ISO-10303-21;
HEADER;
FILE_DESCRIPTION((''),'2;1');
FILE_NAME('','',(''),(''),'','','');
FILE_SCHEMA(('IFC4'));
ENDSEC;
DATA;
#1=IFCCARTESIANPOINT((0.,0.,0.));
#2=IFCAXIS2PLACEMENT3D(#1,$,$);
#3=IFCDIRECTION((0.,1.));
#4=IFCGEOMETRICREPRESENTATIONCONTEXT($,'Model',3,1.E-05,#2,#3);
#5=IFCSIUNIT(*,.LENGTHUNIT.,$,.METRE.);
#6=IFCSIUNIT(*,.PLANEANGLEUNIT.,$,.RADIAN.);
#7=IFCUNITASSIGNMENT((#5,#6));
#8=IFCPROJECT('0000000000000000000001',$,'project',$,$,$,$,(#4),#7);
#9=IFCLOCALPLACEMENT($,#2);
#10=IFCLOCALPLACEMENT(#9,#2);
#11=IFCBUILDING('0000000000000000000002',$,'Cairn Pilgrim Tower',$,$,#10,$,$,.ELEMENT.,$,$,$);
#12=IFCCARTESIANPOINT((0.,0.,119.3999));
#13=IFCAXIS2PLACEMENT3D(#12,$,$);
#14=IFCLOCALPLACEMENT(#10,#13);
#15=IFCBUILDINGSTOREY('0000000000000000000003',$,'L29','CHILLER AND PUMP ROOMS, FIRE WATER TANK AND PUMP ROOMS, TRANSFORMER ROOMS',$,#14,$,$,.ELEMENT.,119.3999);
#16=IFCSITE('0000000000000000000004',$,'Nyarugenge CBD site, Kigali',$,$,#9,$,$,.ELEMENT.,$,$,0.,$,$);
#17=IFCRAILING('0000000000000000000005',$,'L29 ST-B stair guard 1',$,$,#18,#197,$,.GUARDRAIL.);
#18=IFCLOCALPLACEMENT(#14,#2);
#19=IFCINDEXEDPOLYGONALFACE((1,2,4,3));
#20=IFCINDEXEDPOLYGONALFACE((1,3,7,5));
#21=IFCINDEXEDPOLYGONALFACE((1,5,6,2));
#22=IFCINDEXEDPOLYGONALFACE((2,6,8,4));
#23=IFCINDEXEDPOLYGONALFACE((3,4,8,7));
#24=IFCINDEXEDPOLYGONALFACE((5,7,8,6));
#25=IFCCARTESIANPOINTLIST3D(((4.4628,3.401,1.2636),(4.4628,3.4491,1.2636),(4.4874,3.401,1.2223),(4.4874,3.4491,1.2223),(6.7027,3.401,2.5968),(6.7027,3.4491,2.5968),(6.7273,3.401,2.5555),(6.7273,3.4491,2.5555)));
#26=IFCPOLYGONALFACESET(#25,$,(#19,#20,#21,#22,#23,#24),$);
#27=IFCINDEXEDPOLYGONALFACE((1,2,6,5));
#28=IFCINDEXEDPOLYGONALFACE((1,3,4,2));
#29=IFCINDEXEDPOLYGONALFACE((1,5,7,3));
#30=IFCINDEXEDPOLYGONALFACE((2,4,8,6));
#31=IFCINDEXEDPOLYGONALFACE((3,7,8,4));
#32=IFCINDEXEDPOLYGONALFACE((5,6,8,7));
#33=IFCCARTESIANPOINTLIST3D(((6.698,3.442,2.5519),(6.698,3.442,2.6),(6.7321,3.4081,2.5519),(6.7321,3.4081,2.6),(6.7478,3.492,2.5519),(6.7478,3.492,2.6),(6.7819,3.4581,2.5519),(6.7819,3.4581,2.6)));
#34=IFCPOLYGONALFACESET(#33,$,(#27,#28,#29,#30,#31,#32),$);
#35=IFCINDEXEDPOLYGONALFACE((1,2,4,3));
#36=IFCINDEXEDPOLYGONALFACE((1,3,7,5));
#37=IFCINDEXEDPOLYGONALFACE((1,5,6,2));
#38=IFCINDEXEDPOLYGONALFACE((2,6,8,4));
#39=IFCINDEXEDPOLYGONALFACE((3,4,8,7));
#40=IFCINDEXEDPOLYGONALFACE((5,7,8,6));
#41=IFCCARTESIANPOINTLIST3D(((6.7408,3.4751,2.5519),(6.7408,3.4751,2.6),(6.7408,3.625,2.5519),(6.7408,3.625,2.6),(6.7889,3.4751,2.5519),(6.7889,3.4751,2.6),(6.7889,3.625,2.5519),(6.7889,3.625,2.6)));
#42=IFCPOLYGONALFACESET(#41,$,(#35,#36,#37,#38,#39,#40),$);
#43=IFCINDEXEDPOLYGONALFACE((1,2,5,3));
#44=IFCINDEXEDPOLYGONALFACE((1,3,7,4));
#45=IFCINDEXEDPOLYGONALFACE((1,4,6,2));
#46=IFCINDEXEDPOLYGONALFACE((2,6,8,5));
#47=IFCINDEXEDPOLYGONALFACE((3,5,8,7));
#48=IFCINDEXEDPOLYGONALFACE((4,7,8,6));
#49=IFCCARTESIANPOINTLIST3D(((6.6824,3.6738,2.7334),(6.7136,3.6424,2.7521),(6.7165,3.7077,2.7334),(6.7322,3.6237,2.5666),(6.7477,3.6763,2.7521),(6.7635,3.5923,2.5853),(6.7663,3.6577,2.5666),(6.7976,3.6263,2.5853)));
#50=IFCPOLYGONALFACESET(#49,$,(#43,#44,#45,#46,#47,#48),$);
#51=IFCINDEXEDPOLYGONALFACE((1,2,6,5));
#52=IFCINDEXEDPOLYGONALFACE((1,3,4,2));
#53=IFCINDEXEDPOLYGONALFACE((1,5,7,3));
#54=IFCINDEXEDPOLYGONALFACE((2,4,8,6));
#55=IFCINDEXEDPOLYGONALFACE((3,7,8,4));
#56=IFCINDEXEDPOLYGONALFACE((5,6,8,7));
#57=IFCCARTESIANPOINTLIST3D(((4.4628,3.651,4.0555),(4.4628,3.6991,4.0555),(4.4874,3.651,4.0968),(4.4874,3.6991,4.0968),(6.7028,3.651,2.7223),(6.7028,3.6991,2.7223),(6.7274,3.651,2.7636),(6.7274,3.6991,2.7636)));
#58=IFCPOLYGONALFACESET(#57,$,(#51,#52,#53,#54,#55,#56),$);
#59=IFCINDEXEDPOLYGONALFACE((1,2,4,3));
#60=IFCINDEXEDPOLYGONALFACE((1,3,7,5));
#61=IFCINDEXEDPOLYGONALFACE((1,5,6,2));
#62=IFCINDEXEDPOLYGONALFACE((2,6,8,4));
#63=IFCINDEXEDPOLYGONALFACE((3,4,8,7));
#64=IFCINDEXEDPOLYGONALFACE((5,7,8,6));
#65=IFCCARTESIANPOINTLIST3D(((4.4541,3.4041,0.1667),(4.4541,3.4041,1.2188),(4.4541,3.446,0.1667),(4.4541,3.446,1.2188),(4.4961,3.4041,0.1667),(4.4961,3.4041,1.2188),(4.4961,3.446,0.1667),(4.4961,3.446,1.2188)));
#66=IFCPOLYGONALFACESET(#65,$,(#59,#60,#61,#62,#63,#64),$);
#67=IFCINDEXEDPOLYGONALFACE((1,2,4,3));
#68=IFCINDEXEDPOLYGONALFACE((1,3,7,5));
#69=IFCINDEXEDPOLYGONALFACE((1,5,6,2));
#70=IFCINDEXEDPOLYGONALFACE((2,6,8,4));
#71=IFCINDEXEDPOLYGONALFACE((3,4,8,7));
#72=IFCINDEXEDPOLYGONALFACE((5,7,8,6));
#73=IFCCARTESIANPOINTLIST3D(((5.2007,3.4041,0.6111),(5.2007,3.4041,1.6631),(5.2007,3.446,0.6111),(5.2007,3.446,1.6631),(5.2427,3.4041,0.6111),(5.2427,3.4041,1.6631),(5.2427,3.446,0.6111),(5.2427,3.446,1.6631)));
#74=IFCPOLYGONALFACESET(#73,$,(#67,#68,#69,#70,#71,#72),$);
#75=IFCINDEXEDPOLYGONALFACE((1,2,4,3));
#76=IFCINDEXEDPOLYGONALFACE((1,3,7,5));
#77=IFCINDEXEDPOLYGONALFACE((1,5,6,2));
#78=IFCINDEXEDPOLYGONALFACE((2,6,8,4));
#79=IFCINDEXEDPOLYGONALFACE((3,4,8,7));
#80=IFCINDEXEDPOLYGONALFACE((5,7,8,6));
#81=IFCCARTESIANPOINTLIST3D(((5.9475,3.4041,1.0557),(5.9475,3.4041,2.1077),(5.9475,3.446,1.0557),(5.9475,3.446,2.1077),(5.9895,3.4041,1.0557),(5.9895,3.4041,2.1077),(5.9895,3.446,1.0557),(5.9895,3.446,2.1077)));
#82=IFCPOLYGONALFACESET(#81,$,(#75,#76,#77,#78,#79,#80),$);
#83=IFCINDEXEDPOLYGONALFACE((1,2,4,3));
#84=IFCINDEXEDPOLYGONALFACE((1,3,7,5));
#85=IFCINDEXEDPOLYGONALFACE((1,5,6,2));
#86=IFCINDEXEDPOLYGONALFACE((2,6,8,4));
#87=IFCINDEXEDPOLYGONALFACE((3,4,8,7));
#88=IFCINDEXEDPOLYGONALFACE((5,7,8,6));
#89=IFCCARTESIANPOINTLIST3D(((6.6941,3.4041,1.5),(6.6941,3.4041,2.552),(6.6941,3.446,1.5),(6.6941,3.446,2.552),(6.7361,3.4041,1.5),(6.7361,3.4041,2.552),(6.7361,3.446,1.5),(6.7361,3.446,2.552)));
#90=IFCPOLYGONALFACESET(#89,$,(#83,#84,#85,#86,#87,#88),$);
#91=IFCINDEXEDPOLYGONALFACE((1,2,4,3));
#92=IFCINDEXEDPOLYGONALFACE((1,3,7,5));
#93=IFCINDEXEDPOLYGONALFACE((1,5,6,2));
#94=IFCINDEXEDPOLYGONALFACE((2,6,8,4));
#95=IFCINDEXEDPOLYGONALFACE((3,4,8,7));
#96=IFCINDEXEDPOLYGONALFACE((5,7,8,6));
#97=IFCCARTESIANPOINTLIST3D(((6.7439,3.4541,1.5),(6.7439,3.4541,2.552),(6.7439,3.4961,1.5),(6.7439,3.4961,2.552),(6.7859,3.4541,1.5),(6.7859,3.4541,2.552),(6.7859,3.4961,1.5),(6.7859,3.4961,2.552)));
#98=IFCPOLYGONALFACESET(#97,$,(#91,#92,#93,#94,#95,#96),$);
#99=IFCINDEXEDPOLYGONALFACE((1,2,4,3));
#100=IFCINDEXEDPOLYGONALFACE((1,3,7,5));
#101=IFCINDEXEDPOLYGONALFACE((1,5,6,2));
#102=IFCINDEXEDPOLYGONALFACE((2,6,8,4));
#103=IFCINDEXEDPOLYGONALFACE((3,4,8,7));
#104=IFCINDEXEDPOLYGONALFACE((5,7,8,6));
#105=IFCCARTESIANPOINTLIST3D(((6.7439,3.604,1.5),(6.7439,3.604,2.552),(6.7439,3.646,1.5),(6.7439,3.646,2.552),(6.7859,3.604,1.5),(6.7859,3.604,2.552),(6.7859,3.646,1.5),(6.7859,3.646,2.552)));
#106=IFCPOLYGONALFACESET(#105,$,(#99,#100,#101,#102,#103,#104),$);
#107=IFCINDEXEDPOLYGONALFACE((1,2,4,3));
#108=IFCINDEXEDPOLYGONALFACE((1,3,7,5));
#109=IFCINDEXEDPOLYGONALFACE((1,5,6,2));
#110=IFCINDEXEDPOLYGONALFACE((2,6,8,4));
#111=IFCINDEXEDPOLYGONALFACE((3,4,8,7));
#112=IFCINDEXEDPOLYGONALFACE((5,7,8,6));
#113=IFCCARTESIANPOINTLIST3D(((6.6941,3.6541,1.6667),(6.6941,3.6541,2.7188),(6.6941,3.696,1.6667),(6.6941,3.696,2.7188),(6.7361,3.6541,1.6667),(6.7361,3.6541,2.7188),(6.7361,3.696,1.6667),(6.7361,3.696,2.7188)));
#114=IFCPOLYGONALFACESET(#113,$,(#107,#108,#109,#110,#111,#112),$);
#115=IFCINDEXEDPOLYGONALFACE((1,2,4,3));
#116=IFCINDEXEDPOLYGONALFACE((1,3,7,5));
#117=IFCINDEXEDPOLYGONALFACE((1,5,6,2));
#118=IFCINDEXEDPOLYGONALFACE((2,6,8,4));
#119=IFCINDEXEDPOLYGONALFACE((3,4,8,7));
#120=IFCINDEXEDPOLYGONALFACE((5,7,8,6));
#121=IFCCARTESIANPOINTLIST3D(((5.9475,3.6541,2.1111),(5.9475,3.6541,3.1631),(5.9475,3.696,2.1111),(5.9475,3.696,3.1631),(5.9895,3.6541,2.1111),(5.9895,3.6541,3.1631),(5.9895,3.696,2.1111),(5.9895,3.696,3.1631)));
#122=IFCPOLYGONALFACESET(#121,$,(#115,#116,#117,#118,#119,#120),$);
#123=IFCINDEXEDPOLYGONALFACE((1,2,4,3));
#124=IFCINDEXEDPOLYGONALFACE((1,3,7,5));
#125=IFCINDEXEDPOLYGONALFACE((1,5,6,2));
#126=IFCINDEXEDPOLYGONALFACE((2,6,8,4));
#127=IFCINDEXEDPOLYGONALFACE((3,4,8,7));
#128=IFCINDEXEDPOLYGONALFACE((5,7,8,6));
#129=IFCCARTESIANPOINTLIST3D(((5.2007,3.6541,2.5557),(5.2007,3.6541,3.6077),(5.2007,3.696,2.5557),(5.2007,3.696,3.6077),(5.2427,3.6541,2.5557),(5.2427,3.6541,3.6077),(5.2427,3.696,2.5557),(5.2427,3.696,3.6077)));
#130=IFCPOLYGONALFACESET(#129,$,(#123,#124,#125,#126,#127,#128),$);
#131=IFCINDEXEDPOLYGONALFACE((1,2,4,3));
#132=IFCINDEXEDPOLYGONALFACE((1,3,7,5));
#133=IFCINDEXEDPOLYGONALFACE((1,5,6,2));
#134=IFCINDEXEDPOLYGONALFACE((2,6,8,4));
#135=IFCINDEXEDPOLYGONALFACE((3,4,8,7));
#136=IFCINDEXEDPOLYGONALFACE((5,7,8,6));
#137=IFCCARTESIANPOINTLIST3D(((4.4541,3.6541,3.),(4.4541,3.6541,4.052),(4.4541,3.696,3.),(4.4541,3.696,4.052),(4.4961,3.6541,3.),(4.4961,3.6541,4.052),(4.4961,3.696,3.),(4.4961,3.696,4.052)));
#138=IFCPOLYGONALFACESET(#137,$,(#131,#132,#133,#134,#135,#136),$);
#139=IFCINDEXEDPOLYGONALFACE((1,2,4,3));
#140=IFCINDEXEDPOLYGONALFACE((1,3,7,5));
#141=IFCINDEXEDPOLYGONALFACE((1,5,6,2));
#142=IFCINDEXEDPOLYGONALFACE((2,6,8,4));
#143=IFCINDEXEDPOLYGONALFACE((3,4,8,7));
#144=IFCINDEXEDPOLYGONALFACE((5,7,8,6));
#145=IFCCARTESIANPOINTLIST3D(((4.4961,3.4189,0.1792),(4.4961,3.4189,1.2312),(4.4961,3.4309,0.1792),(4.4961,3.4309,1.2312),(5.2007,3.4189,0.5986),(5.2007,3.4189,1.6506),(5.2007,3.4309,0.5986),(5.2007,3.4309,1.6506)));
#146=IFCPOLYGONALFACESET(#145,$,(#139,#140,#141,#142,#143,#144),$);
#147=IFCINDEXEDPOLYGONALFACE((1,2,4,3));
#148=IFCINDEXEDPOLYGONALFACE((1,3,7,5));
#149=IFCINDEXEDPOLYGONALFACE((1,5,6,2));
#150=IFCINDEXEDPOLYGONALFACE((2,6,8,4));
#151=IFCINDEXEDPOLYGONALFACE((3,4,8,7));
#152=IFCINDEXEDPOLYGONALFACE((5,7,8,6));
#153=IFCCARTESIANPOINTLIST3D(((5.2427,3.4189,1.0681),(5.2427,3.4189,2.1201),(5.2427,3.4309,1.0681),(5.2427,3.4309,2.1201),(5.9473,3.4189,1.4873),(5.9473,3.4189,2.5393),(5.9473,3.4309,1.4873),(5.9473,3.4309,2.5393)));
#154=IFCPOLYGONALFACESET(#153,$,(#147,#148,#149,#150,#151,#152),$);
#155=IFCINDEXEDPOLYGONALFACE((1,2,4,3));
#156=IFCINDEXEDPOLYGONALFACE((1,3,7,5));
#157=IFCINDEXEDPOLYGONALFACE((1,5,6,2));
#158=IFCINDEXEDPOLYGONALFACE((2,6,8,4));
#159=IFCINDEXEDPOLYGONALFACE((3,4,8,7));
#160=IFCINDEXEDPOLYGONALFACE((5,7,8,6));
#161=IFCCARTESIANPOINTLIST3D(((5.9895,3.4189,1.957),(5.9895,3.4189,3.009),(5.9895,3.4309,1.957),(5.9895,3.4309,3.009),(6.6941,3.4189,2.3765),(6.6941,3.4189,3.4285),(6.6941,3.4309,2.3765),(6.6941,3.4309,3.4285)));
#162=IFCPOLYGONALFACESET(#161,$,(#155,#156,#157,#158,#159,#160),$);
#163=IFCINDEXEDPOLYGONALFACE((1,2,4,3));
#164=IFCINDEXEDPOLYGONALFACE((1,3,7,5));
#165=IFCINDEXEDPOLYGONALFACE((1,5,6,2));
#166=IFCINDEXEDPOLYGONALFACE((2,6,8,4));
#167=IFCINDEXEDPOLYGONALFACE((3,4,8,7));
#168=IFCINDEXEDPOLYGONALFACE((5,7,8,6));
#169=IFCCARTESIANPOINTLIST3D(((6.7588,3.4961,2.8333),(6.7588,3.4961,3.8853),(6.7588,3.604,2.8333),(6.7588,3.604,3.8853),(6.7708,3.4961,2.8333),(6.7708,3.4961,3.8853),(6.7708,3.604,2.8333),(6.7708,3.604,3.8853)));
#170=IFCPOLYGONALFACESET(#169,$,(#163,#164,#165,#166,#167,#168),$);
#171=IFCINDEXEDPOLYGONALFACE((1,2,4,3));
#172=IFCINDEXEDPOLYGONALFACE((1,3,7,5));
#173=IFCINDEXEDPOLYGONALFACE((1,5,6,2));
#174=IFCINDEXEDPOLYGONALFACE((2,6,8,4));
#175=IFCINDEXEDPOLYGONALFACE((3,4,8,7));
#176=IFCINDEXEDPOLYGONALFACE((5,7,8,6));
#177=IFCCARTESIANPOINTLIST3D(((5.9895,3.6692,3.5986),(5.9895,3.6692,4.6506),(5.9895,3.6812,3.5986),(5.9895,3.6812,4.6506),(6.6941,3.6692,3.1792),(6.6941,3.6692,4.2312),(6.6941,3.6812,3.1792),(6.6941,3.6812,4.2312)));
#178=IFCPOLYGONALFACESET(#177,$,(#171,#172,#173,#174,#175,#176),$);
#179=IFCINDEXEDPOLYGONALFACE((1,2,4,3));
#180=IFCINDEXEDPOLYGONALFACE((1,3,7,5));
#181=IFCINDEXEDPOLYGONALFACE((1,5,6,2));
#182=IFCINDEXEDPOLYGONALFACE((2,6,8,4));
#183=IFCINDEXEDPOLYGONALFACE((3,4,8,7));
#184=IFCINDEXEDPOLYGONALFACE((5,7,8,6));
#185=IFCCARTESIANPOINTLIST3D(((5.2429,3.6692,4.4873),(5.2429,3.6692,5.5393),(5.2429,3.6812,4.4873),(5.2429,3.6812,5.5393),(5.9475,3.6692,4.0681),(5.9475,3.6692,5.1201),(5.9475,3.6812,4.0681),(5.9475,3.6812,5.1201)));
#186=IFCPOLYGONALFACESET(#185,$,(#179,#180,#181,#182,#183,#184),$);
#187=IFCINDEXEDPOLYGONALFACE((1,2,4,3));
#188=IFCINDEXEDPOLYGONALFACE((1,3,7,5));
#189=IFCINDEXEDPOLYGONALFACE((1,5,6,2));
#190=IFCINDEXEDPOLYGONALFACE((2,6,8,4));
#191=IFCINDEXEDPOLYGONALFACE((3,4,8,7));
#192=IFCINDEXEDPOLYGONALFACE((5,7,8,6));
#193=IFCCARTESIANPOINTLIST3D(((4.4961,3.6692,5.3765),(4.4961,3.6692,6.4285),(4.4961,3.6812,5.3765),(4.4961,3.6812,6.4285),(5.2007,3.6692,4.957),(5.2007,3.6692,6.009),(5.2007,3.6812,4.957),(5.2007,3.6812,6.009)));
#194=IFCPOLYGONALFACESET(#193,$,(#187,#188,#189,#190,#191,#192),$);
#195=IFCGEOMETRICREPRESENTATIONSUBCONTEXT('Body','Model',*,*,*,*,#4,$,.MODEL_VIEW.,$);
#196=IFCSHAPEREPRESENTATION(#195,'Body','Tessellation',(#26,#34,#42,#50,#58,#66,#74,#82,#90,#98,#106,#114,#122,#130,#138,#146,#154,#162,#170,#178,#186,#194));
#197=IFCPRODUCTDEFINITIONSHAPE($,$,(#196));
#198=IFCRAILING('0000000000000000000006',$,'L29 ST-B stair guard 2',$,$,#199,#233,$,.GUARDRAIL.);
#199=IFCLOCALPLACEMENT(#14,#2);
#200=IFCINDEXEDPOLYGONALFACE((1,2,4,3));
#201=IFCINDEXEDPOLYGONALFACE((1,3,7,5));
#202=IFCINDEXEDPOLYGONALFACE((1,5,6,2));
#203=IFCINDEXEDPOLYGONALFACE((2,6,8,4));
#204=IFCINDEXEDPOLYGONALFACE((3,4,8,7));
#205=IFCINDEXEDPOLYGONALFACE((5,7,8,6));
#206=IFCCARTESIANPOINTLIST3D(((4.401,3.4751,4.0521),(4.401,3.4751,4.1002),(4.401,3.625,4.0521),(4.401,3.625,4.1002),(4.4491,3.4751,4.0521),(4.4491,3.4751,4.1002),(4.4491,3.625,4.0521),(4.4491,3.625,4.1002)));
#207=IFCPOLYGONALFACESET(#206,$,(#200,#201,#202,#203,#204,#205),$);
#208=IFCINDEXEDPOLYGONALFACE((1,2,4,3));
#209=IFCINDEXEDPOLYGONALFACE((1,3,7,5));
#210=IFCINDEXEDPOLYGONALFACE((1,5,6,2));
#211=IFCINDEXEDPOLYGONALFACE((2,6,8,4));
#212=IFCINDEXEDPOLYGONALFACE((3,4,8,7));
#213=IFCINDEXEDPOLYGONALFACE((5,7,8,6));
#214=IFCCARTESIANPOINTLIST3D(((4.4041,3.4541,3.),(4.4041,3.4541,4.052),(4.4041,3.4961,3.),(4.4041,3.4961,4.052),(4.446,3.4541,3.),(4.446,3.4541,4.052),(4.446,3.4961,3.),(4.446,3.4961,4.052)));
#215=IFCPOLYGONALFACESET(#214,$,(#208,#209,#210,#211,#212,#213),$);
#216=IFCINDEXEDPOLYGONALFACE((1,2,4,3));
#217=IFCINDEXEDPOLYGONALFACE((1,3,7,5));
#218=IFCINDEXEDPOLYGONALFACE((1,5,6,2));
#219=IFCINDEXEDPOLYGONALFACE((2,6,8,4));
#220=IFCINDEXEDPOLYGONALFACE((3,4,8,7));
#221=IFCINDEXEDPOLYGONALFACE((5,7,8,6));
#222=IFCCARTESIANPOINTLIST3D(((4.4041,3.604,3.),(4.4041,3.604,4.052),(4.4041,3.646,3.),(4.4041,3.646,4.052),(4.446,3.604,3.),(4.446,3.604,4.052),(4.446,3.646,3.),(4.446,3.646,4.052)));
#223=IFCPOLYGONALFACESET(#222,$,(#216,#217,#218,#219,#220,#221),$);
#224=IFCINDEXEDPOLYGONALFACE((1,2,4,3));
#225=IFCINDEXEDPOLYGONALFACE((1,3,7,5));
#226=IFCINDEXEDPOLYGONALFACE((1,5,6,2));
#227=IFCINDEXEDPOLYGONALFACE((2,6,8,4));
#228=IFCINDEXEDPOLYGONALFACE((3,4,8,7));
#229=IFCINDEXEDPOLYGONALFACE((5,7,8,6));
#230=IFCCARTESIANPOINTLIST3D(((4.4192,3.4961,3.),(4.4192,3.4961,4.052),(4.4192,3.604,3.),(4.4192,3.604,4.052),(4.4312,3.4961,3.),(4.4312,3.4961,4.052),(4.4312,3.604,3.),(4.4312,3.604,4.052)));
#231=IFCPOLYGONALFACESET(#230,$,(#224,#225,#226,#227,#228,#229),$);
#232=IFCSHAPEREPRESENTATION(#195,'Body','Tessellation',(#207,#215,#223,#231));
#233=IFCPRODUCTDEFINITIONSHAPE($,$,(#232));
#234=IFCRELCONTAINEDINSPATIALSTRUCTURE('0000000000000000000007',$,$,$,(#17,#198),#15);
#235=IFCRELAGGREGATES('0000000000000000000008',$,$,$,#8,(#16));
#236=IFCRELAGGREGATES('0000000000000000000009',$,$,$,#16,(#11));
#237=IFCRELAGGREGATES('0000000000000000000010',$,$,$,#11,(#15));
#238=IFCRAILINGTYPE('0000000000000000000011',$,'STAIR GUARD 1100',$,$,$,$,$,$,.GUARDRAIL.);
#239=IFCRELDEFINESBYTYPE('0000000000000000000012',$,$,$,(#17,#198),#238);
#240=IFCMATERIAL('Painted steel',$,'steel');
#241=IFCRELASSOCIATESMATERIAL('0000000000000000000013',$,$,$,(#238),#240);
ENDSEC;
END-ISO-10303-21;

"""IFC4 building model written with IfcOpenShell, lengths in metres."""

from ifc_helpers import new_model, si_unit, direction, frame, origin, origin_2d, place, context, subcontext, project, spatial, polyline, rectangle, outline, extrude, material, type_object, element, save


model = new_model("IFC4")

# Units and contexts
model_context = context("Model", 3, precision=1e-05, world=origin(), true_north=direction((0.0, 1.0)))
body_context = subcontext(model_context, "Body", "Model", "MODEL_VIEW")
ifc_project = project(units=[si_unit("LENGTHUNIT", "METRE"), si_unit("PLANEANGLEUNIT", "RADIAN")], contexts=[model_context])

# Site, building, storey
site_placement = place(None, origin())
site = spatial("IfcSite", under=ifc_project, at=site_placement, Name="Nyarugenge CBD site, Kigali", CompositionType="ELEMENT", RefElevation=0.0)
building_placement = place(site_placement, origin())
building = spatial("IfcBuilding", under=site, at=building_placement, Name="Cairn Pilgrim Tower", CompositionType="ELEMENT")
storey_placement = place(building_placement, frame((0.0, 0.0, 119.3999)))
storey = spatial("IfcBuildingStorey", under=building, at=storey_placement, Name="L29", Description="CHILLER AND PUMP ROOMS, FIRE WATER TANK AND PUMP ROOMS, TRANSFORMER ROOMS", CompositionType="ELEMENT", Elevation=119.3999)

# Shared definitions
ifc_material_1 = material(Name="Painted steel", Category="steel")

# Railings
railing_type_1 = type_object("IfcRailingType", Name="STAIR GUARD 1100", PredefinedType="GUARDRAIL", material=ifc_material_1)
railing_1_placement = place(storey_placement, frame((4.4751, 3.425, 0.1667)))
element("IfcRailing", 1, at=railing_1_placement, inside=storey, type_object=railing_type_1, Name="L29 ST-B stair guard 1", PredefinedType="GUARDRAIL", context=body_context, shape_type="SweptSolid", body=[
    extrude(rectangle(XDim=0.0481, YDim=0.0481, at=origin_2d()), frame((0.0, 0.0, 1.0762), z_axis=(0.859306, 0.0, 0.511462), x_axis=(0.0, 1.0, 0.0)), (0.0, 0.0, 1.0), 2.6067),
    extrude(rectangle(XDim=0.0481, YDim=0.0481, at=origin_2d()), frame((2.24, 0.0, 2.4092), z_axis=(0.705376, 0.708834, 0.0), x_axis=(-0.708834, 0.705376, 0.0)), (0.0, 0.0, 1.0), 0.0706),
    extrude(rectangle(XDim=0.0481, YDim=0.0481, at=origin_2d()), frame((2.2898, 0.05, 2.4092), z_axis=(0.0, 1.0, 0.0), x_axis=(-1.0, 0.0, 0.0)), (0.0, 0.0, 1.0), 0.1499),
    extrude(rectangle(XDim=0.0481, YDim=0.0481, at=origin_2d()), frame((2.2898, 0.2, 2.4092), z_axis=(-0.275041, 0.276389, 0.920848), x_axis=(-0.708834, -0.705376, 0.0)), (0.0, 0.0, 1.0), 0.1812),
    extrude(rectangle(XDim=0.0481, YDim=0.0481, at=origin_2d()), frame((2.24, 0.25, 2.5762), z_axis=(-0.859306, 0.0, 0.511462), x_axis=(0.0, -1.0, 0.0)), (0.0, 0.0, 1.0), 2.6067),
    extrude(rectangle(XDim=0.042, YDim=0.042, at=origin_2d()), origin(), (0.0, 0.0, 1.0), 1.052),
    extrude(rectangle(XDim=0.042, YDim=0.042, at=origin_2d()), frame((0.7466, 0.0, 0.4443)), (0.0, 0.0, 1.0), 1.052),
    extrude(rectangle(XDim=0.042, YDim=0.042, at=origin_2d()), frame((1.4934, 0.0, 0.8889)), (0.0, 0.0, 1.0), 1.052),
    extrude(rectangle(XDim=0.042, YDim=0.042, at=origin_2d()), frame((2.24, 0.0, 1.3333)), (0.0, 0.0, 1.0), 1.052),
    extrude(rectangle(XDim=0.042, YDim=0.042, at=origin_2d()), frame((2.2898, 0.05, 1.3333)), (0.0, 0.0, 1.0), 1.052),
    extrude(rectangle(XDim=0.042, YDim=0.042, at=origin_2d()), frame((2.2898, 0.2, 1.3333)), (0.0, 0.0, 1.0), 1.052),
    extrude(rectangle(XDim=0.042, YDim=0.042, at=origin_2d()), frame((2.24, 0.25, 1.5)), (0.0, 0.0, 1.0), 1.052),
    extrude(rectangle(XDim=0.042, YDim=0.042, at=origin_2d()), frame((1.4934, 0.25, 1.9443)), (0.0, 0.0, 1.0), 1.052),
    extrude(rectangle(XDim=0.042, YDim=0.042, at=origin_2d()), frame((0.7466, 0.25, 2.3889)), (0.0, 0.0, 1.0), 1.052),
    extrude(rectangle(XDim=0.042, YDim=0.042, at=origin_2d()), frame((0.0, 0.25, 2.8333)), (0.0, 0.0, 1.0), 1.052),
    extrude(outline(polyline([(0.021, 0.0125), (0.7256, 0.4319), (0.7256, 1.4839), (0.021, 1.0645), (0.021, 0.0125)])), frame((0.0, 0.0059, 0.0), z_axis=(0.0, -1.0, 0.0), x_axis=(1.0, 0.0, 0.0)), (0.0, 0.0, 1.0), 0.012),
    extrude(outline(polyline([(0.021, 0.457), (0.7256, 0.8762), (0.7256, 1.9282), (0.021, 1.509), (0.021, 0.457)])), frame((0.7466, 0.0059, 0.4443), z_axis=(0.0, -1.0, 0.0), x_axis=(1.0, 0.0, 0.0)), (0.0, 0.0, 1.0), 0.012),
    extrude(outline(polyline([(0.021, 0.9014), (0.7256, 1.3208), (0.7256, 2.3728), (0.021, 1.9534), (0.021, 0.9014)])), frame((1.4934, 0.0059, 0.8889), z_axis=(0.0, -1.0, 0.0), x_axis=(1.0, 0.0, 0.0)), (0.0, 0.0, 1.0), 0.012),
    extrude(outline(polyline([(0.021, 1.3333), (0.1289, 1.3333), (0.1289, 2.3853), (0.021, 2.3853), (0.021, 1.3333)])), frame((2.2837, 0.05, 1.3333), z_axis=(1.0, 0.0, 0.0), x_axis=(0.0, 1.0, 0.0)), (0.0, 0.0, 1.0), 0.012),
    extrude(outline(polyline([(0.021, 1.5125), (0.7256, 1.9319), (0.7256, 2.9839), (0.021, 2.5645), (0.021, 1.5125)])), frame((2.24, 0.2441, 1.5), z_axis=(0.0, 1.0, 0.0), x_axis=(-1.0, 0.0, 0.0)), (0.0, 0.0, 1.0), 0.012),
    extrude(outline(polyline([(0.021, 1.957), (0.7256, 2.3762), (0.7256, 3.4282), (0.021, 3.009), (0.021, 1.957)])), frame((1.4934, 0.2441, 1.9443), z_axis=(0.0, 1.0, 0.0), x_axis=(-1.0, 0.0, 0.0)), (0.0, 0.0, 1.0), 0.012),
    extrude(outline(polyline([(0.021, 2.4014), (0.7256, 2.8208), (0.7256, 3.8728), (0.021, 3.4534), (0.021, 2.4014)])), frame((0.7466, 0.2441, 2.3889), z_axis=(0.0, 1.0, 0.0), x_axis=(-1.0, 0.0, 0.0)), (0.0, 0.0, 1.0), 0.012),
])
railing_2_placement = place(storey_placement, frame((4.425, 3.4751, 3.0)))
element("IfcRailing", 2, at=railing_2_placement, inside=storey, type_object=railing_type_1, Name="L29 ST-B stair guard 2", PredefinedType="GUARDRAIL", context=body_context, shape_type="SweptSolid", body=[
    extrude(rectangle(XDim=0.0481, YDim=0.0481, at=origin_2d()), frame((0.0, 0.0, 1.0762), z_axis=(0.0, 1.0, 0.0), x_axis=(-1.0, 0.0, 0.0)), (0.0, 0.0, 1.0), 0.1499),
    extrude(rectangle(XDim=0.042, YDim=0.042, at=origin_2d()), origin(), (0.0, 0.0, 1.0), 1.052),
    extrude(rectangle(XDim=0.042, YDim=0.042, at=origin_2d()), frame((0.0, 0.1499, 0.0)), (0.0, 0.0, 1.0), 1.052),
    extrude(outline(polyline([(0.021, 0.0), (0.1289, 0.0), (0.1289, 1.052), (0.021, 1.052), (0.021, 0.0)])), frame((-0.0059, 0.0, 0.0), z_axis=(1.0, 0.0, 0.0), x_axis=(0.0, 1.0, 0.0)), (0.0, 0.0, 1.0), 0.012),
])

save(model, "model.ifc")
